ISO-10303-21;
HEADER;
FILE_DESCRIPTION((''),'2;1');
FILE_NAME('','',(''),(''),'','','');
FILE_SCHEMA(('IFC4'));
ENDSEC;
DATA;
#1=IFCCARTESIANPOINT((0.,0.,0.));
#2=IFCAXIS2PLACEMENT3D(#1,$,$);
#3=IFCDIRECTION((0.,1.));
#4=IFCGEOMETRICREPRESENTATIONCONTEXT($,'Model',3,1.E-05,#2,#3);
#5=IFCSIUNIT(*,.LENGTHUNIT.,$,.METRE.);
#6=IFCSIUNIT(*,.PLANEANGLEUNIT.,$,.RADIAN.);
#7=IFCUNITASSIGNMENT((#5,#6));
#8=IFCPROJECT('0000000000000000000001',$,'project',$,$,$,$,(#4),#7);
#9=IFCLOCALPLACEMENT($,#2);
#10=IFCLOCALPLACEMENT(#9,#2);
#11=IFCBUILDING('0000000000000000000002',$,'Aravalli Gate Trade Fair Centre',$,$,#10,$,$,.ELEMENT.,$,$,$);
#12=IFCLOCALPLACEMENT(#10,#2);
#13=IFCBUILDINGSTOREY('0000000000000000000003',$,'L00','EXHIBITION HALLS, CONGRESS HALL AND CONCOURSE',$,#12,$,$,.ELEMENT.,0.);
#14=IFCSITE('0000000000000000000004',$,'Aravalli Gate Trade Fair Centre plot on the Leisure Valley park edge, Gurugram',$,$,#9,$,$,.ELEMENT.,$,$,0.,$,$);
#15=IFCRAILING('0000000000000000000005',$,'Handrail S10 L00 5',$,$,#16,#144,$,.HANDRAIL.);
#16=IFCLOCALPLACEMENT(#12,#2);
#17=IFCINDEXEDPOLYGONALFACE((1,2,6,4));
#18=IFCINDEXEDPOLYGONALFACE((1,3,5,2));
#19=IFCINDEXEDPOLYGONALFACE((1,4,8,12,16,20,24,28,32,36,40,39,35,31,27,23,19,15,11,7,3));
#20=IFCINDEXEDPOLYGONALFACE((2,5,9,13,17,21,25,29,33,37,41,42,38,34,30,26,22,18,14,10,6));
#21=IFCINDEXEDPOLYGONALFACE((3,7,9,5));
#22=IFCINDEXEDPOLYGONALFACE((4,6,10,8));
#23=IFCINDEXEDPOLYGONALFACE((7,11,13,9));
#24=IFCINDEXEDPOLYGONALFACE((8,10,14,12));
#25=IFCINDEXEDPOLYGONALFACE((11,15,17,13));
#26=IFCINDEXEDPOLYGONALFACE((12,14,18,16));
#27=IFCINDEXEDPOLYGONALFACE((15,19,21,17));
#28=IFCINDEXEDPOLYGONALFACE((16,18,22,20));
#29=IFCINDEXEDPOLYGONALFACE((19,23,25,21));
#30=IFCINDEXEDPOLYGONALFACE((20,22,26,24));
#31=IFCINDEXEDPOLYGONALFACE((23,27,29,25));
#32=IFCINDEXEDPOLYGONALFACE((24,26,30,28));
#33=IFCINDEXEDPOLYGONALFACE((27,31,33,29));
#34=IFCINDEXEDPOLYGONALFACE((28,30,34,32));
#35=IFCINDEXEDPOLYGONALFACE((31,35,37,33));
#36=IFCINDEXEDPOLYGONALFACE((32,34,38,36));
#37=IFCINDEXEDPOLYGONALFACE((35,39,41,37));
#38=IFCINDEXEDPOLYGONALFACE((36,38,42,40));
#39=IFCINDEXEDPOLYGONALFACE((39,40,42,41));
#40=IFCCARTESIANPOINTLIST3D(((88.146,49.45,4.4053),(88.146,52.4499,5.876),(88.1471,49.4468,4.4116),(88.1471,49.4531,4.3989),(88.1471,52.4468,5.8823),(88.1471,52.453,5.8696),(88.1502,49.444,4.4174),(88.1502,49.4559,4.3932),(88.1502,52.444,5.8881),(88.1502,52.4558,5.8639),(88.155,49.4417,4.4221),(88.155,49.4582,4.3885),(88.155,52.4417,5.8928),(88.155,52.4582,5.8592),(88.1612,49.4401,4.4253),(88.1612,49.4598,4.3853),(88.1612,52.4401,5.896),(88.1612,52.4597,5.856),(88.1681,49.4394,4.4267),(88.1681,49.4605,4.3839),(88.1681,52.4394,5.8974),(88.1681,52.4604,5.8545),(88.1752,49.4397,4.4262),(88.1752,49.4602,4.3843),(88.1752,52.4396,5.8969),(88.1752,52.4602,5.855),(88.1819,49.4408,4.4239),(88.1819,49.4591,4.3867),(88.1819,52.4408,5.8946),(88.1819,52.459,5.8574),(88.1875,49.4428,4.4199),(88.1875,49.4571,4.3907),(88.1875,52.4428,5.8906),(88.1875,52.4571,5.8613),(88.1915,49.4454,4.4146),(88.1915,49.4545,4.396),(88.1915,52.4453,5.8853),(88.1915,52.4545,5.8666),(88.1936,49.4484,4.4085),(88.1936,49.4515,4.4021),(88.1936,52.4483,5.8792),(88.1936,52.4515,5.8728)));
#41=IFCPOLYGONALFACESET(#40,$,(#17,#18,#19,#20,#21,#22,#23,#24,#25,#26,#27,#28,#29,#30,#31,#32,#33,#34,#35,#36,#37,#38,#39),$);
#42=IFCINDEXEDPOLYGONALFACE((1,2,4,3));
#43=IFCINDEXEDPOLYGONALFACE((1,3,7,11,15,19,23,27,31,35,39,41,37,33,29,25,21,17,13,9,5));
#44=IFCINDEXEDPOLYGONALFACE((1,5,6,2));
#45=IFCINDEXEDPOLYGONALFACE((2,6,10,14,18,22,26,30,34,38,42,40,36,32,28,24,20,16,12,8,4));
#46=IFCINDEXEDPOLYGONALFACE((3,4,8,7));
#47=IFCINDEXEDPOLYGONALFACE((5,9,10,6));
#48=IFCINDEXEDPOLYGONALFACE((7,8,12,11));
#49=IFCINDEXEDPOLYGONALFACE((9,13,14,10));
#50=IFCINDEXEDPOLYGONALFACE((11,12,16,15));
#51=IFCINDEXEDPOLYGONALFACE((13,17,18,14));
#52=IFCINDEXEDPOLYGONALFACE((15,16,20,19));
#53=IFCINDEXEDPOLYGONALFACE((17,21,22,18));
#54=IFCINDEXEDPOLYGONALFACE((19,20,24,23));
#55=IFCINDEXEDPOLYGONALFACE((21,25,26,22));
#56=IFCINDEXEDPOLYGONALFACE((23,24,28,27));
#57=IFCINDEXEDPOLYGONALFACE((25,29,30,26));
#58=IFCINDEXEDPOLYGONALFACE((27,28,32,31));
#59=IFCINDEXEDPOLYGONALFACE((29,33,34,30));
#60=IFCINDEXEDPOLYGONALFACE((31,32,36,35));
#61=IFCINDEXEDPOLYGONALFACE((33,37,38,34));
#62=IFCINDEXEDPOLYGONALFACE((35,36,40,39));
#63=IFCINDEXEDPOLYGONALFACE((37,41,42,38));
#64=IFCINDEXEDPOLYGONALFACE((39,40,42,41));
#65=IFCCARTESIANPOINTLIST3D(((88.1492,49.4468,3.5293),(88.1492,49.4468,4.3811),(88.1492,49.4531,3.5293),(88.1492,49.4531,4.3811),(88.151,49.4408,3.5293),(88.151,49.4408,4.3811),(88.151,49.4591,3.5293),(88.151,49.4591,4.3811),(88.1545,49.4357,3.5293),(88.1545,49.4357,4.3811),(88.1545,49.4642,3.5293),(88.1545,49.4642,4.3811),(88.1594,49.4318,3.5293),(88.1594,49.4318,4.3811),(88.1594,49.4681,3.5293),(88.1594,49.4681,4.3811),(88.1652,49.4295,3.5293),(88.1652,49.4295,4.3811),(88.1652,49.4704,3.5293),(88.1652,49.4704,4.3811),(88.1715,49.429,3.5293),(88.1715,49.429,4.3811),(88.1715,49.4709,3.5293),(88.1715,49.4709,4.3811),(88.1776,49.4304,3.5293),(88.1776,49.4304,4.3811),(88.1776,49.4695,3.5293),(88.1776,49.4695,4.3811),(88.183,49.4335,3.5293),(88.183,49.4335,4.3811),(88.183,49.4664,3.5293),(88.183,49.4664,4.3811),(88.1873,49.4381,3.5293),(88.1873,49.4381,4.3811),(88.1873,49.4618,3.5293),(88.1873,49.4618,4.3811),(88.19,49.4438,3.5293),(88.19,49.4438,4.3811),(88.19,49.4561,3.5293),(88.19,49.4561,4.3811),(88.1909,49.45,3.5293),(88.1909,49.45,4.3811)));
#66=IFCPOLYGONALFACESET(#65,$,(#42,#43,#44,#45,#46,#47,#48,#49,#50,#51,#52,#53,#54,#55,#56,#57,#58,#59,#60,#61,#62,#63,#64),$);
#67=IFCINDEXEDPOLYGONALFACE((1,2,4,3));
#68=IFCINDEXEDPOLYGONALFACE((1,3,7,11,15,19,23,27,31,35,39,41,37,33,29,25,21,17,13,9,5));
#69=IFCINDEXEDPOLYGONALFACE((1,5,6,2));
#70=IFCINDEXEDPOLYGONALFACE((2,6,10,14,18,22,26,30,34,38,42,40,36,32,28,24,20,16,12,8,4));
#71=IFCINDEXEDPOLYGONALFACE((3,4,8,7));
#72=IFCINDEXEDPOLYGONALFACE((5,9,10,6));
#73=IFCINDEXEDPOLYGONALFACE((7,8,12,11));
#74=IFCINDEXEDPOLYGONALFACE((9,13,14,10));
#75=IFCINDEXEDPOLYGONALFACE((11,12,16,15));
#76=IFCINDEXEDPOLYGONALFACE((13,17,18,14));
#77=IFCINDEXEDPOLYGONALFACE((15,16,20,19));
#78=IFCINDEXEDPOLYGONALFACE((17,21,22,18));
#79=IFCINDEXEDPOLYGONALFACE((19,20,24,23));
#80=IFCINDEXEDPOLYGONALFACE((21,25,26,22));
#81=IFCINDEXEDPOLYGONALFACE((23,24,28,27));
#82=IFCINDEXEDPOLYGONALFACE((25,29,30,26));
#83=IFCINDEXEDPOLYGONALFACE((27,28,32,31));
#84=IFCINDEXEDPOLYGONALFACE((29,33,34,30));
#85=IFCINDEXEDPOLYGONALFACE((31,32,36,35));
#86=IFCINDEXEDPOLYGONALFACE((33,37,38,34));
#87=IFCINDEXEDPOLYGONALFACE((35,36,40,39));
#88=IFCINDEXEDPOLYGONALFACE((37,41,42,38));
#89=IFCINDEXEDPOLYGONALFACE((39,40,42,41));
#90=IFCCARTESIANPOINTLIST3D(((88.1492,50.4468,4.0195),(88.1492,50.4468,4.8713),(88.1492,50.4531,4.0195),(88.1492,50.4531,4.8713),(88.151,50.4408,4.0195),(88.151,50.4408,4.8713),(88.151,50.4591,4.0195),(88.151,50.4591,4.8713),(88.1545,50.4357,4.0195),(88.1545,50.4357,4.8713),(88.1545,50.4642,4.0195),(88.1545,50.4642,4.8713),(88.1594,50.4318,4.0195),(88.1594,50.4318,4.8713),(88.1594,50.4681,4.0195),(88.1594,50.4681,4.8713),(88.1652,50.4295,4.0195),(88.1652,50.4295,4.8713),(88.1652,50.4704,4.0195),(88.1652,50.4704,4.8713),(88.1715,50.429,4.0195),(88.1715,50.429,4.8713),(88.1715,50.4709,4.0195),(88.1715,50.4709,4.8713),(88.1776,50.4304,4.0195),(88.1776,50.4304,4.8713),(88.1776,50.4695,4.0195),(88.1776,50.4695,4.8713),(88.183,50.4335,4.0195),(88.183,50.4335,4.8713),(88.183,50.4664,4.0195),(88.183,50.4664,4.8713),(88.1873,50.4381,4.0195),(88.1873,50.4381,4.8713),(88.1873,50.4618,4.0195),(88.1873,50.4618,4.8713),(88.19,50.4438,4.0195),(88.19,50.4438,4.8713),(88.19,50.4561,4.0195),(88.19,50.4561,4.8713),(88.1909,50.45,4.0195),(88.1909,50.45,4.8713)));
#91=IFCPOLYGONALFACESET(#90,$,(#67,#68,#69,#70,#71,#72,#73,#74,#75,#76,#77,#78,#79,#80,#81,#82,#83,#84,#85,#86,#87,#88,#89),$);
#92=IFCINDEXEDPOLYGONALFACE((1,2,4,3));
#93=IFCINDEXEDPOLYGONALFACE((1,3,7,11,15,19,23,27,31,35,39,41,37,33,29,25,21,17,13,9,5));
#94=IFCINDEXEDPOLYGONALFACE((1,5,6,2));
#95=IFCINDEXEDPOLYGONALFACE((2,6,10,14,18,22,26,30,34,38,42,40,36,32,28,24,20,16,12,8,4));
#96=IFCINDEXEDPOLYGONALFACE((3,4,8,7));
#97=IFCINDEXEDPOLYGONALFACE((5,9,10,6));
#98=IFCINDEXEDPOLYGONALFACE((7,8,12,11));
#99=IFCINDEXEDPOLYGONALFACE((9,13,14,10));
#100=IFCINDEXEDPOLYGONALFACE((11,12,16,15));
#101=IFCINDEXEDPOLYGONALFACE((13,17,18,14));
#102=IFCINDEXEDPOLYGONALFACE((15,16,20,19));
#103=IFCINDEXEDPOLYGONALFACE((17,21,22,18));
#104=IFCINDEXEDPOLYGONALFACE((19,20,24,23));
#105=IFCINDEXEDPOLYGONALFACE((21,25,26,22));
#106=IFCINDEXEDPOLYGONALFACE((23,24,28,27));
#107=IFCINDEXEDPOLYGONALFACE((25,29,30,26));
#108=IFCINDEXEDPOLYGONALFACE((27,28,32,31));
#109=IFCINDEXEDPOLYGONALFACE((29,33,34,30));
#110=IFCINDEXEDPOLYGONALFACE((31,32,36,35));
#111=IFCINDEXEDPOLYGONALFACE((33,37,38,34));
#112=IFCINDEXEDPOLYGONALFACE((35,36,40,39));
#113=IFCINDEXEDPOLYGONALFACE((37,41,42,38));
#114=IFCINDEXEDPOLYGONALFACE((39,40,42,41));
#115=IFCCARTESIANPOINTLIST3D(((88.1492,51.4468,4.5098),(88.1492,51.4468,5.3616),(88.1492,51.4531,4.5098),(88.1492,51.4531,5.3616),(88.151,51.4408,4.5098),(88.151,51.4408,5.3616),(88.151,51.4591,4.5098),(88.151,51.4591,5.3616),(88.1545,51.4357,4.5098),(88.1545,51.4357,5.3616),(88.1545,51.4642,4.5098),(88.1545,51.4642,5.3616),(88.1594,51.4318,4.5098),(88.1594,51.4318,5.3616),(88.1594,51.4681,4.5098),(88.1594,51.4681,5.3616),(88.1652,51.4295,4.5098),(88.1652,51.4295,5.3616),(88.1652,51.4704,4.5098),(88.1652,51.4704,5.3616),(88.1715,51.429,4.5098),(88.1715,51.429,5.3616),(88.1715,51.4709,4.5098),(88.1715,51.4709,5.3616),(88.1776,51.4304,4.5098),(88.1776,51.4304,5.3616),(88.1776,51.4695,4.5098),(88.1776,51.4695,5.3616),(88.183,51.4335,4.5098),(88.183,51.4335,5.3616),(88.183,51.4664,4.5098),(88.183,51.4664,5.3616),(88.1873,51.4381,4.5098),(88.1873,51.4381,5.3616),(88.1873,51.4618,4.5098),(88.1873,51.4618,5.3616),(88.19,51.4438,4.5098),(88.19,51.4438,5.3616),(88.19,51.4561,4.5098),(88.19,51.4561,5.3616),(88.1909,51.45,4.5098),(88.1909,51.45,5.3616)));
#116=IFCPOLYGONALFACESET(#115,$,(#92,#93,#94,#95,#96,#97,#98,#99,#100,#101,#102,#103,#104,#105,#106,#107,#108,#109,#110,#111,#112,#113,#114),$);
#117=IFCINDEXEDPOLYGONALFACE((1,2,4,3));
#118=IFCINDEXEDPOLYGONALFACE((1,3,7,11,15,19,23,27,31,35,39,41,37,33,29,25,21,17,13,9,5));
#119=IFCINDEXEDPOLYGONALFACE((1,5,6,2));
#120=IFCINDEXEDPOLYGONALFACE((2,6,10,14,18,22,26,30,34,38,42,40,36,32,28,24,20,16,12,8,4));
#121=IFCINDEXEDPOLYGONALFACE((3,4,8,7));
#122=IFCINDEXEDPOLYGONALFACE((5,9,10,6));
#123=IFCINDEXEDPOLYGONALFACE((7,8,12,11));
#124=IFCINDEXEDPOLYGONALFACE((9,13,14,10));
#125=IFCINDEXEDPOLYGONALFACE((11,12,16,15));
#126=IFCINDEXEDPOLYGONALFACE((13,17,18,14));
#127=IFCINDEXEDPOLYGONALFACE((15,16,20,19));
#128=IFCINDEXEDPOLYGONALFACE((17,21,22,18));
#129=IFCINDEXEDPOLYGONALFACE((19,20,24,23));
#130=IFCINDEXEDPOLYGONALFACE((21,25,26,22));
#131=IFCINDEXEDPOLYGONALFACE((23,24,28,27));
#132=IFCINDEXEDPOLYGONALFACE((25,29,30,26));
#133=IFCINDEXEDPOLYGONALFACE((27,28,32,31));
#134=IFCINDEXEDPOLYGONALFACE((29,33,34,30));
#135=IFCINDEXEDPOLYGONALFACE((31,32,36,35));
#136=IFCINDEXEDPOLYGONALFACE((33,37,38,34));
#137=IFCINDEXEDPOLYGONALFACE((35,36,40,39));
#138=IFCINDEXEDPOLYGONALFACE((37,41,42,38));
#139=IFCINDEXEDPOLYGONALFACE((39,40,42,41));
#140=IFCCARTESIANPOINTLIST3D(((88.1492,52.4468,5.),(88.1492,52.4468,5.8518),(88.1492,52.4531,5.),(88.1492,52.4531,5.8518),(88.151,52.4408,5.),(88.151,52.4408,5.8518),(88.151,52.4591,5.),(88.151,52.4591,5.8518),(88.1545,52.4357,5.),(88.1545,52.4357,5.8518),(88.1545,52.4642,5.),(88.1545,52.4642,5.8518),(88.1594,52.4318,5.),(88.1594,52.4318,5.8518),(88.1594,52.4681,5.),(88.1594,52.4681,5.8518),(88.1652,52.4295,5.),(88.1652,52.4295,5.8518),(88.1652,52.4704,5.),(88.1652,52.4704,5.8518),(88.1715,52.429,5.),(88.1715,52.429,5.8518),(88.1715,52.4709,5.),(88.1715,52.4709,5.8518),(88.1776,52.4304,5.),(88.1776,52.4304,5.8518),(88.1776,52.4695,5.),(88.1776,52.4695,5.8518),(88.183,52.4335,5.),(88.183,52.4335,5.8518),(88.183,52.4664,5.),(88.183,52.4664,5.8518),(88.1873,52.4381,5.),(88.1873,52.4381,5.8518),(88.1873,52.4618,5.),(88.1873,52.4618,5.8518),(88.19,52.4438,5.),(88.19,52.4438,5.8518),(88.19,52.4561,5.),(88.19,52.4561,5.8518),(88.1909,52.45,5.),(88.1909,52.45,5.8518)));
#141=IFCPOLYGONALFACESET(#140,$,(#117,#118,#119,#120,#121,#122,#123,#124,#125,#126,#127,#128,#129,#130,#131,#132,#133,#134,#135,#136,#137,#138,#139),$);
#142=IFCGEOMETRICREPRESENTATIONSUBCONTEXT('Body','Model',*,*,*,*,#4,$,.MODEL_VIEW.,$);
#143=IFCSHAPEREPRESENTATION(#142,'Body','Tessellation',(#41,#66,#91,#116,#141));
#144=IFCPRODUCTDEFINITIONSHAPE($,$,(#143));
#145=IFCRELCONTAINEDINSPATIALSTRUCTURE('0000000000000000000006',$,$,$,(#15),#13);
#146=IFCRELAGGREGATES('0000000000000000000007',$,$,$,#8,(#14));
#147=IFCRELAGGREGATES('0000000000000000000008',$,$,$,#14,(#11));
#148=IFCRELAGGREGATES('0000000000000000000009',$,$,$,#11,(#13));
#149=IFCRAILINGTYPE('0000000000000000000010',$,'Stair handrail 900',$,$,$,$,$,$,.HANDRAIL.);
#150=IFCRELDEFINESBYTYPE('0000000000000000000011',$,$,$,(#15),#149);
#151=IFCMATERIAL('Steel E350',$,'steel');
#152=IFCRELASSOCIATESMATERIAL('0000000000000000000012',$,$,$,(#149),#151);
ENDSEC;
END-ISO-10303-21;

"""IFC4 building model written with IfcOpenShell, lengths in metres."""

from ifc_helpers import new_model, si_unit, direction, frame, origin, origin_2d, place, context, subcontext, project, spatial, circle, extrude, material, type_object, element, save


model = new_model("IFC4")

# Units and contexts
model_context = context("Model", 3, precision=1e-05, world=origin(), true_north=direction((0.0, 1.0)))
body_context = subcontext(model_context, "Body", "Model", "MODEL_VIEW")
ifc_project = project(units=[si_unit("LENGTHUNIT", "METRE"), si_unit("PLANEANGLEUNIT", "RADIAN")], contexts=[model_context])

# Site, building, storey
site_placement = place(None, origin())
site = spatial("IfcSite", under=ifc_project, at=site_placement, Name="Aravalli Gate Trade Fair Centre plot on the Leisure Valley park edge, Gurugram", CompositionType="ELEMENT", RefElevation=0.0)
building_placement = place(site_placement, origin())
building = spatial("IfcBuilding", under=site, at=building_placement, Name="Aravalli Gate Trade Fair Centre", CompositionType="ELEMENT")
storey_placement = place(building_placement, origin())
storey = spatial("IfcBuildingStorey", under=building, at=storey_placement, Name="L00", Description="EXHIBITION HALLS, CONGRESS HALL AND CONCOURSE", CompositionType="ELEMENT", Elevation=0.0)

# Railing
ifc_material_1 = material(Name="Steel E350", Category="steel")
railing_type = type_object("IfcRailingType", Name="Stair handrail 900", PredefinedType="HANDRAIL", material=ifc_material_1)
for number, where, name in (
    (1, (88.1699, 49.45, 3.5293), "Handrail S10 L00 5"),
):
    element("IfcRailing", number, at=place(storey_placement, frame(where)), inside=storey, type_object=railing_type, Name=name, PredefinedType="HANDRAIL", context=body_context, shape_type="SweptSolid", body=[
        extrude(circle(Radius=0.0239, at=origin_2d()), frame((0.0, 0.0, 0.876), z_axis=(0.0, 0.897907, 0.440185), x_axis=(-1.0, 0.0, 0.0)), (0.0, 0.0, 1.0), 3.3411),
        extrude(circle(Radius=0.021, at=origin_2d()), origin(), (0.0, 0.0, 1.0), 0.8518),
        extrude(circle(Radius=0.021, at=origin_2d()), frame((0.0, 1.0, 0.4902)), (0.0, 0.0, 1.0), 0.8518),
        extrude(circle(Radius=0.021, at=origin_2d()), frame((0.0, 2.0, 0.9805)), (0.0, 0.0, 1.0), 0.8518),
        extrude(circle(Radius=0.021, at=origin_2d()), frame((0.0, 3.0, 1.4707)), (0.0, 0.0, 1.0), 0.8518),
    ])

save(model, "model.ifc")
